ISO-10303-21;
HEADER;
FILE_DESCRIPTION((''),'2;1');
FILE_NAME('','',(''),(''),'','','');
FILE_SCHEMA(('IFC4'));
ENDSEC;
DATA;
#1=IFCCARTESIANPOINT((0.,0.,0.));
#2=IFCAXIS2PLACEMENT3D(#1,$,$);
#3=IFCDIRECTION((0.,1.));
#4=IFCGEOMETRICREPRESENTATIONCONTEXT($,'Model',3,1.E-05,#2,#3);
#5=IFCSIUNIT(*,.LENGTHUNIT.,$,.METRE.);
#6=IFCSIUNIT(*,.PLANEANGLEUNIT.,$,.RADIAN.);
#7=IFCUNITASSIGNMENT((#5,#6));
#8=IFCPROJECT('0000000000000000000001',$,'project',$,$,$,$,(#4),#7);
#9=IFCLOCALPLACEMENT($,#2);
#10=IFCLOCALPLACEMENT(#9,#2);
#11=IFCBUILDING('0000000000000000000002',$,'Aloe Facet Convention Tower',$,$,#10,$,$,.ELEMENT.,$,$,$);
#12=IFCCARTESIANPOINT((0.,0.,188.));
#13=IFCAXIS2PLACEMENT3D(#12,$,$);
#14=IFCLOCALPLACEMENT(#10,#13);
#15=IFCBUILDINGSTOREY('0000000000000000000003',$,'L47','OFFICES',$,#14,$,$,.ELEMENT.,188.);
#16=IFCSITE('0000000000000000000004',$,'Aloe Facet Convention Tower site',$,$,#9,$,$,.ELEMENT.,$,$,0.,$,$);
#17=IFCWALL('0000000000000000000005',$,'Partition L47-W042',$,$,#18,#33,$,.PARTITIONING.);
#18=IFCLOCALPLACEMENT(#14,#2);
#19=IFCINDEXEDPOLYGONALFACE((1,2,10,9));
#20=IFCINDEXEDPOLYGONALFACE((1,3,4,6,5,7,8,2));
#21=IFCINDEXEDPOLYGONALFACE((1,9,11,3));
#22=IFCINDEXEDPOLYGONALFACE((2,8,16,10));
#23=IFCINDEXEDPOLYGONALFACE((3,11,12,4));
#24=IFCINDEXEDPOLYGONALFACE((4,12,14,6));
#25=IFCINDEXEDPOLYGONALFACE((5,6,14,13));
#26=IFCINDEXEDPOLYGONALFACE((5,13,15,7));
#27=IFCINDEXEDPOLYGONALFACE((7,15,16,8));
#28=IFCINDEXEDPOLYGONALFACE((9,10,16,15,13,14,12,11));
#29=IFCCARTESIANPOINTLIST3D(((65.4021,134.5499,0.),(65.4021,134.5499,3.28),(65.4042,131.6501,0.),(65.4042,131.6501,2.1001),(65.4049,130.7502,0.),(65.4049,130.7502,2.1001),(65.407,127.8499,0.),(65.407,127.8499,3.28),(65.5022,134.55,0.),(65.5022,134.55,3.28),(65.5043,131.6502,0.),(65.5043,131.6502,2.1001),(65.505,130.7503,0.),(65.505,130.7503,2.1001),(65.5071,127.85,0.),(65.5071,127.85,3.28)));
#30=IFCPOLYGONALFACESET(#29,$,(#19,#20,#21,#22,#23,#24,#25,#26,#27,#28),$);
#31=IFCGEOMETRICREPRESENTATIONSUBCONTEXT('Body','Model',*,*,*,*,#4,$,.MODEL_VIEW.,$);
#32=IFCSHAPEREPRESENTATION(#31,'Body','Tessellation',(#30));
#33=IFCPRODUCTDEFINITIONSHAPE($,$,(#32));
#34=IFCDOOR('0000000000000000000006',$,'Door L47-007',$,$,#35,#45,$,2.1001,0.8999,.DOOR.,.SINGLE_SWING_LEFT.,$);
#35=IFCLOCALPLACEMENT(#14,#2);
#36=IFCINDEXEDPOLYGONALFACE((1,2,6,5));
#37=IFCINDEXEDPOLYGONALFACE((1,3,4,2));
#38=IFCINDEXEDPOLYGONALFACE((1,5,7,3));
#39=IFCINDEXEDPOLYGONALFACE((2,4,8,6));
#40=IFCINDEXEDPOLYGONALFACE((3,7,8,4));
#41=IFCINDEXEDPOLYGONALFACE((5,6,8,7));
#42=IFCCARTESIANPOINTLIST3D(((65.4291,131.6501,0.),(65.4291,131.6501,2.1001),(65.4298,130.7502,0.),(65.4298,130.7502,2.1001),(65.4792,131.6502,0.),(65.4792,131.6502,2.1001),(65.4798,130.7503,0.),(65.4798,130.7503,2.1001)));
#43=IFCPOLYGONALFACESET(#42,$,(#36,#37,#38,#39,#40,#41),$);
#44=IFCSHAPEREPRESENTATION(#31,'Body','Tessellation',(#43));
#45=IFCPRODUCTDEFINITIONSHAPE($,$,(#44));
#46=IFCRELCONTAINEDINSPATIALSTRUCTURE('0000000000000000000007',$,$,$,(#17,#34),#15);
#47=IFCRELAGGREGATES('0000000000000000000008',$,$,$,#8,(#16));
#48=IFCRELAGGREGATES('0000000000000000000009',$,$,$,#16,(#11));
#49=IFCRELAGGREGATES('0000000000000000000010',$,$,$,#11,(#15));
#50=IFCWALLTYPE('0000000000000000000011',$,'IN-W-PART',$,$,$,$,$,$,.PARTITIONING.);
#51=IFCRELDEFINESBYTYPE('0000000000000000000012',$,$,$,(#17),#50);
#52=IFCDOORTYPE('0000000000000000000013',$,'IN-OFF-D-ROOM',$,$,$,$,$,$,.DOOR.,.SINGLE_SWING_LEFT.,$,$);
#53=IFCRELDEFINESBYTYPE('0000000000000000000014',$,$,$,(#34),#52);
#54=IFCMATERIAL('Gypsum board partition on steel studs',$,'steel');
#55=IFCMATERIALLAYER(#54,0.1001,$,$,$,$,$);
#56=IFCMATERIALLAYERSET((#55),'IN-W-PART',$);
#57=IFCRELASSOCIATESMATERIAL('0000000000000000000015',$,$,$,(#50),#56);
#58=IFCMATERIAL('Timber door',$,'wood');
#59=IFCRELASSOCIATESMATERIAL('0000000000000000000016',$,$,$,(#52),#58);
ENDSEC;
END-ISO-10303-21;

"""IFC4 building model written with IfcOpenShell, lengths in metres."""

from ifc_helpers import new_model, si_unit, direction, frame, frame_2d, origin, place, context, subcontext, project, spatial, rectangle, extrude, material, layer, layer_set, type_object, element, fill, save


model = new_model("IFC4")

# Units and contexts
model_context = context("Model", 3, precision=1e-05, world=origin(), true_north=direction((0.0, 1.0)))
body_context = subcontext(model_context, "Body", "Model", "MODEL_VIEW")
ifc_project = project(units=[si_unit("LENGTHUNIT", "METRE"), si_unit("PLANEANGLEUNIT", "RADIAN")], contexts=[model_context])

# Site, building, storey
site_placement = place(None, origin())
site = spatial("IfcSite", under=ifc_project, at=site_placement, Name="Aloe Facet Convention Tower site", CompositionType="ELEMENT", RefElevation=0.0)
building_placement = place(site_placement, origin())
building = spatial("IfcBuilding", under=site, at=building_placement, Name="Aloe Facet Convention Tower", CompositionType="ELEMENT")
storey_placement = place(building_placement, frame((0.0, 0.0, 188.0)))
storey = spatial("IfcBuildingStorey", under=building, at=storey_placement, Name="L47", Description="OFFICES", CompositionType="ELEMENT", Elevation=188.0)

# Wall, opening, door
ifc_material_1 = material(Name="Gypsum board partition on steel studs", Category="steel")
ifc_layer_1 = layer(ifc_material_1, 0.1001)
ifc_layer_set_1 = layer_set([ifc_layer_1], Name="IN-W-PART")
wall_type_1 = type_object("IfcWallType", Name="IN-W-PART", PredefinedType="PARTITIONING", material=ifc_layer_set_1)
wall_1_placement = place(storey_placement, frame((65.4521, 134.55, 0.0), z_axis=(0.0, 0.0, 1.0), x_axis=(0.000729, -1.0, 0.0)))
wall_1 = element("IfcWall", 1, at=wall_1_placement, inside=storey, type_object=wall_type_1, Name="Partition L47-W042", PredefinedType="PARTITIONING", context=body_context, shape_type="SweptSolid", body=[
    extrude(rectangle(XDim=6.7, YDim=0.1001, at=frame_2d((3.3501, 0.0))), origin(), (0.0, 0.0, 1.0), 3.28),
])
opening_1_placement = place(wall_1_placement, frame((2.8999, 0.0, 0.0)))
opening_1 = element("IfcOpeningElement", 2, at=opening_1_placement, cuts=wall_1, PredefinedType="OPENING", context=body_context, shape_type="SweptSolid", body=[
    extrude(rectangle(XDim=0.8999, YDim=2.1001, at=frame_2d((0.45, 1.05))), frame((0.0, 0.0601, 0.0), z_axis=(0.0, -1.0, 0.0), x_axis=(1.0, 0.0, 0.0)), (0.0, 0.0, 1.0), 0.1201),
])
ifc_material_2 = material(Name="Timber door", Category="wood")
door_type = type_object("IfcDoorType", Name="IN-OFF-D-ROOM", OperationType="SINGLE_SWING_LEFT", PredefinedType="DOOR", material=ifc_material_2)
door_placement = place(opening_1_placement, origin())
door = element("IfcDoor", 3, at=door_placement, inside=storey, type_object=door_type, Name="Door L47-007", OperationType="SINGLE_SWING_LEFT", OverallHeight=2.1001, OverallWidth=0.8999, PredefinedType="DOOR", context=body_context, shape_type="SweptSolid", body=[
    extrude(rectangle(XDim=0.8999, YDim=2.1001, at=frame_2d((0.45, 1.05))), frame((0.0, 0.0249, 0.0), z_axis=(0.0, -1.0, 0.0), x_axis=(1.0, 0.0, 0.0)), (0.0, 0.0, 1.0), 0.05),
])
fill(opening_1, door)

save(model, "model.ifc")
